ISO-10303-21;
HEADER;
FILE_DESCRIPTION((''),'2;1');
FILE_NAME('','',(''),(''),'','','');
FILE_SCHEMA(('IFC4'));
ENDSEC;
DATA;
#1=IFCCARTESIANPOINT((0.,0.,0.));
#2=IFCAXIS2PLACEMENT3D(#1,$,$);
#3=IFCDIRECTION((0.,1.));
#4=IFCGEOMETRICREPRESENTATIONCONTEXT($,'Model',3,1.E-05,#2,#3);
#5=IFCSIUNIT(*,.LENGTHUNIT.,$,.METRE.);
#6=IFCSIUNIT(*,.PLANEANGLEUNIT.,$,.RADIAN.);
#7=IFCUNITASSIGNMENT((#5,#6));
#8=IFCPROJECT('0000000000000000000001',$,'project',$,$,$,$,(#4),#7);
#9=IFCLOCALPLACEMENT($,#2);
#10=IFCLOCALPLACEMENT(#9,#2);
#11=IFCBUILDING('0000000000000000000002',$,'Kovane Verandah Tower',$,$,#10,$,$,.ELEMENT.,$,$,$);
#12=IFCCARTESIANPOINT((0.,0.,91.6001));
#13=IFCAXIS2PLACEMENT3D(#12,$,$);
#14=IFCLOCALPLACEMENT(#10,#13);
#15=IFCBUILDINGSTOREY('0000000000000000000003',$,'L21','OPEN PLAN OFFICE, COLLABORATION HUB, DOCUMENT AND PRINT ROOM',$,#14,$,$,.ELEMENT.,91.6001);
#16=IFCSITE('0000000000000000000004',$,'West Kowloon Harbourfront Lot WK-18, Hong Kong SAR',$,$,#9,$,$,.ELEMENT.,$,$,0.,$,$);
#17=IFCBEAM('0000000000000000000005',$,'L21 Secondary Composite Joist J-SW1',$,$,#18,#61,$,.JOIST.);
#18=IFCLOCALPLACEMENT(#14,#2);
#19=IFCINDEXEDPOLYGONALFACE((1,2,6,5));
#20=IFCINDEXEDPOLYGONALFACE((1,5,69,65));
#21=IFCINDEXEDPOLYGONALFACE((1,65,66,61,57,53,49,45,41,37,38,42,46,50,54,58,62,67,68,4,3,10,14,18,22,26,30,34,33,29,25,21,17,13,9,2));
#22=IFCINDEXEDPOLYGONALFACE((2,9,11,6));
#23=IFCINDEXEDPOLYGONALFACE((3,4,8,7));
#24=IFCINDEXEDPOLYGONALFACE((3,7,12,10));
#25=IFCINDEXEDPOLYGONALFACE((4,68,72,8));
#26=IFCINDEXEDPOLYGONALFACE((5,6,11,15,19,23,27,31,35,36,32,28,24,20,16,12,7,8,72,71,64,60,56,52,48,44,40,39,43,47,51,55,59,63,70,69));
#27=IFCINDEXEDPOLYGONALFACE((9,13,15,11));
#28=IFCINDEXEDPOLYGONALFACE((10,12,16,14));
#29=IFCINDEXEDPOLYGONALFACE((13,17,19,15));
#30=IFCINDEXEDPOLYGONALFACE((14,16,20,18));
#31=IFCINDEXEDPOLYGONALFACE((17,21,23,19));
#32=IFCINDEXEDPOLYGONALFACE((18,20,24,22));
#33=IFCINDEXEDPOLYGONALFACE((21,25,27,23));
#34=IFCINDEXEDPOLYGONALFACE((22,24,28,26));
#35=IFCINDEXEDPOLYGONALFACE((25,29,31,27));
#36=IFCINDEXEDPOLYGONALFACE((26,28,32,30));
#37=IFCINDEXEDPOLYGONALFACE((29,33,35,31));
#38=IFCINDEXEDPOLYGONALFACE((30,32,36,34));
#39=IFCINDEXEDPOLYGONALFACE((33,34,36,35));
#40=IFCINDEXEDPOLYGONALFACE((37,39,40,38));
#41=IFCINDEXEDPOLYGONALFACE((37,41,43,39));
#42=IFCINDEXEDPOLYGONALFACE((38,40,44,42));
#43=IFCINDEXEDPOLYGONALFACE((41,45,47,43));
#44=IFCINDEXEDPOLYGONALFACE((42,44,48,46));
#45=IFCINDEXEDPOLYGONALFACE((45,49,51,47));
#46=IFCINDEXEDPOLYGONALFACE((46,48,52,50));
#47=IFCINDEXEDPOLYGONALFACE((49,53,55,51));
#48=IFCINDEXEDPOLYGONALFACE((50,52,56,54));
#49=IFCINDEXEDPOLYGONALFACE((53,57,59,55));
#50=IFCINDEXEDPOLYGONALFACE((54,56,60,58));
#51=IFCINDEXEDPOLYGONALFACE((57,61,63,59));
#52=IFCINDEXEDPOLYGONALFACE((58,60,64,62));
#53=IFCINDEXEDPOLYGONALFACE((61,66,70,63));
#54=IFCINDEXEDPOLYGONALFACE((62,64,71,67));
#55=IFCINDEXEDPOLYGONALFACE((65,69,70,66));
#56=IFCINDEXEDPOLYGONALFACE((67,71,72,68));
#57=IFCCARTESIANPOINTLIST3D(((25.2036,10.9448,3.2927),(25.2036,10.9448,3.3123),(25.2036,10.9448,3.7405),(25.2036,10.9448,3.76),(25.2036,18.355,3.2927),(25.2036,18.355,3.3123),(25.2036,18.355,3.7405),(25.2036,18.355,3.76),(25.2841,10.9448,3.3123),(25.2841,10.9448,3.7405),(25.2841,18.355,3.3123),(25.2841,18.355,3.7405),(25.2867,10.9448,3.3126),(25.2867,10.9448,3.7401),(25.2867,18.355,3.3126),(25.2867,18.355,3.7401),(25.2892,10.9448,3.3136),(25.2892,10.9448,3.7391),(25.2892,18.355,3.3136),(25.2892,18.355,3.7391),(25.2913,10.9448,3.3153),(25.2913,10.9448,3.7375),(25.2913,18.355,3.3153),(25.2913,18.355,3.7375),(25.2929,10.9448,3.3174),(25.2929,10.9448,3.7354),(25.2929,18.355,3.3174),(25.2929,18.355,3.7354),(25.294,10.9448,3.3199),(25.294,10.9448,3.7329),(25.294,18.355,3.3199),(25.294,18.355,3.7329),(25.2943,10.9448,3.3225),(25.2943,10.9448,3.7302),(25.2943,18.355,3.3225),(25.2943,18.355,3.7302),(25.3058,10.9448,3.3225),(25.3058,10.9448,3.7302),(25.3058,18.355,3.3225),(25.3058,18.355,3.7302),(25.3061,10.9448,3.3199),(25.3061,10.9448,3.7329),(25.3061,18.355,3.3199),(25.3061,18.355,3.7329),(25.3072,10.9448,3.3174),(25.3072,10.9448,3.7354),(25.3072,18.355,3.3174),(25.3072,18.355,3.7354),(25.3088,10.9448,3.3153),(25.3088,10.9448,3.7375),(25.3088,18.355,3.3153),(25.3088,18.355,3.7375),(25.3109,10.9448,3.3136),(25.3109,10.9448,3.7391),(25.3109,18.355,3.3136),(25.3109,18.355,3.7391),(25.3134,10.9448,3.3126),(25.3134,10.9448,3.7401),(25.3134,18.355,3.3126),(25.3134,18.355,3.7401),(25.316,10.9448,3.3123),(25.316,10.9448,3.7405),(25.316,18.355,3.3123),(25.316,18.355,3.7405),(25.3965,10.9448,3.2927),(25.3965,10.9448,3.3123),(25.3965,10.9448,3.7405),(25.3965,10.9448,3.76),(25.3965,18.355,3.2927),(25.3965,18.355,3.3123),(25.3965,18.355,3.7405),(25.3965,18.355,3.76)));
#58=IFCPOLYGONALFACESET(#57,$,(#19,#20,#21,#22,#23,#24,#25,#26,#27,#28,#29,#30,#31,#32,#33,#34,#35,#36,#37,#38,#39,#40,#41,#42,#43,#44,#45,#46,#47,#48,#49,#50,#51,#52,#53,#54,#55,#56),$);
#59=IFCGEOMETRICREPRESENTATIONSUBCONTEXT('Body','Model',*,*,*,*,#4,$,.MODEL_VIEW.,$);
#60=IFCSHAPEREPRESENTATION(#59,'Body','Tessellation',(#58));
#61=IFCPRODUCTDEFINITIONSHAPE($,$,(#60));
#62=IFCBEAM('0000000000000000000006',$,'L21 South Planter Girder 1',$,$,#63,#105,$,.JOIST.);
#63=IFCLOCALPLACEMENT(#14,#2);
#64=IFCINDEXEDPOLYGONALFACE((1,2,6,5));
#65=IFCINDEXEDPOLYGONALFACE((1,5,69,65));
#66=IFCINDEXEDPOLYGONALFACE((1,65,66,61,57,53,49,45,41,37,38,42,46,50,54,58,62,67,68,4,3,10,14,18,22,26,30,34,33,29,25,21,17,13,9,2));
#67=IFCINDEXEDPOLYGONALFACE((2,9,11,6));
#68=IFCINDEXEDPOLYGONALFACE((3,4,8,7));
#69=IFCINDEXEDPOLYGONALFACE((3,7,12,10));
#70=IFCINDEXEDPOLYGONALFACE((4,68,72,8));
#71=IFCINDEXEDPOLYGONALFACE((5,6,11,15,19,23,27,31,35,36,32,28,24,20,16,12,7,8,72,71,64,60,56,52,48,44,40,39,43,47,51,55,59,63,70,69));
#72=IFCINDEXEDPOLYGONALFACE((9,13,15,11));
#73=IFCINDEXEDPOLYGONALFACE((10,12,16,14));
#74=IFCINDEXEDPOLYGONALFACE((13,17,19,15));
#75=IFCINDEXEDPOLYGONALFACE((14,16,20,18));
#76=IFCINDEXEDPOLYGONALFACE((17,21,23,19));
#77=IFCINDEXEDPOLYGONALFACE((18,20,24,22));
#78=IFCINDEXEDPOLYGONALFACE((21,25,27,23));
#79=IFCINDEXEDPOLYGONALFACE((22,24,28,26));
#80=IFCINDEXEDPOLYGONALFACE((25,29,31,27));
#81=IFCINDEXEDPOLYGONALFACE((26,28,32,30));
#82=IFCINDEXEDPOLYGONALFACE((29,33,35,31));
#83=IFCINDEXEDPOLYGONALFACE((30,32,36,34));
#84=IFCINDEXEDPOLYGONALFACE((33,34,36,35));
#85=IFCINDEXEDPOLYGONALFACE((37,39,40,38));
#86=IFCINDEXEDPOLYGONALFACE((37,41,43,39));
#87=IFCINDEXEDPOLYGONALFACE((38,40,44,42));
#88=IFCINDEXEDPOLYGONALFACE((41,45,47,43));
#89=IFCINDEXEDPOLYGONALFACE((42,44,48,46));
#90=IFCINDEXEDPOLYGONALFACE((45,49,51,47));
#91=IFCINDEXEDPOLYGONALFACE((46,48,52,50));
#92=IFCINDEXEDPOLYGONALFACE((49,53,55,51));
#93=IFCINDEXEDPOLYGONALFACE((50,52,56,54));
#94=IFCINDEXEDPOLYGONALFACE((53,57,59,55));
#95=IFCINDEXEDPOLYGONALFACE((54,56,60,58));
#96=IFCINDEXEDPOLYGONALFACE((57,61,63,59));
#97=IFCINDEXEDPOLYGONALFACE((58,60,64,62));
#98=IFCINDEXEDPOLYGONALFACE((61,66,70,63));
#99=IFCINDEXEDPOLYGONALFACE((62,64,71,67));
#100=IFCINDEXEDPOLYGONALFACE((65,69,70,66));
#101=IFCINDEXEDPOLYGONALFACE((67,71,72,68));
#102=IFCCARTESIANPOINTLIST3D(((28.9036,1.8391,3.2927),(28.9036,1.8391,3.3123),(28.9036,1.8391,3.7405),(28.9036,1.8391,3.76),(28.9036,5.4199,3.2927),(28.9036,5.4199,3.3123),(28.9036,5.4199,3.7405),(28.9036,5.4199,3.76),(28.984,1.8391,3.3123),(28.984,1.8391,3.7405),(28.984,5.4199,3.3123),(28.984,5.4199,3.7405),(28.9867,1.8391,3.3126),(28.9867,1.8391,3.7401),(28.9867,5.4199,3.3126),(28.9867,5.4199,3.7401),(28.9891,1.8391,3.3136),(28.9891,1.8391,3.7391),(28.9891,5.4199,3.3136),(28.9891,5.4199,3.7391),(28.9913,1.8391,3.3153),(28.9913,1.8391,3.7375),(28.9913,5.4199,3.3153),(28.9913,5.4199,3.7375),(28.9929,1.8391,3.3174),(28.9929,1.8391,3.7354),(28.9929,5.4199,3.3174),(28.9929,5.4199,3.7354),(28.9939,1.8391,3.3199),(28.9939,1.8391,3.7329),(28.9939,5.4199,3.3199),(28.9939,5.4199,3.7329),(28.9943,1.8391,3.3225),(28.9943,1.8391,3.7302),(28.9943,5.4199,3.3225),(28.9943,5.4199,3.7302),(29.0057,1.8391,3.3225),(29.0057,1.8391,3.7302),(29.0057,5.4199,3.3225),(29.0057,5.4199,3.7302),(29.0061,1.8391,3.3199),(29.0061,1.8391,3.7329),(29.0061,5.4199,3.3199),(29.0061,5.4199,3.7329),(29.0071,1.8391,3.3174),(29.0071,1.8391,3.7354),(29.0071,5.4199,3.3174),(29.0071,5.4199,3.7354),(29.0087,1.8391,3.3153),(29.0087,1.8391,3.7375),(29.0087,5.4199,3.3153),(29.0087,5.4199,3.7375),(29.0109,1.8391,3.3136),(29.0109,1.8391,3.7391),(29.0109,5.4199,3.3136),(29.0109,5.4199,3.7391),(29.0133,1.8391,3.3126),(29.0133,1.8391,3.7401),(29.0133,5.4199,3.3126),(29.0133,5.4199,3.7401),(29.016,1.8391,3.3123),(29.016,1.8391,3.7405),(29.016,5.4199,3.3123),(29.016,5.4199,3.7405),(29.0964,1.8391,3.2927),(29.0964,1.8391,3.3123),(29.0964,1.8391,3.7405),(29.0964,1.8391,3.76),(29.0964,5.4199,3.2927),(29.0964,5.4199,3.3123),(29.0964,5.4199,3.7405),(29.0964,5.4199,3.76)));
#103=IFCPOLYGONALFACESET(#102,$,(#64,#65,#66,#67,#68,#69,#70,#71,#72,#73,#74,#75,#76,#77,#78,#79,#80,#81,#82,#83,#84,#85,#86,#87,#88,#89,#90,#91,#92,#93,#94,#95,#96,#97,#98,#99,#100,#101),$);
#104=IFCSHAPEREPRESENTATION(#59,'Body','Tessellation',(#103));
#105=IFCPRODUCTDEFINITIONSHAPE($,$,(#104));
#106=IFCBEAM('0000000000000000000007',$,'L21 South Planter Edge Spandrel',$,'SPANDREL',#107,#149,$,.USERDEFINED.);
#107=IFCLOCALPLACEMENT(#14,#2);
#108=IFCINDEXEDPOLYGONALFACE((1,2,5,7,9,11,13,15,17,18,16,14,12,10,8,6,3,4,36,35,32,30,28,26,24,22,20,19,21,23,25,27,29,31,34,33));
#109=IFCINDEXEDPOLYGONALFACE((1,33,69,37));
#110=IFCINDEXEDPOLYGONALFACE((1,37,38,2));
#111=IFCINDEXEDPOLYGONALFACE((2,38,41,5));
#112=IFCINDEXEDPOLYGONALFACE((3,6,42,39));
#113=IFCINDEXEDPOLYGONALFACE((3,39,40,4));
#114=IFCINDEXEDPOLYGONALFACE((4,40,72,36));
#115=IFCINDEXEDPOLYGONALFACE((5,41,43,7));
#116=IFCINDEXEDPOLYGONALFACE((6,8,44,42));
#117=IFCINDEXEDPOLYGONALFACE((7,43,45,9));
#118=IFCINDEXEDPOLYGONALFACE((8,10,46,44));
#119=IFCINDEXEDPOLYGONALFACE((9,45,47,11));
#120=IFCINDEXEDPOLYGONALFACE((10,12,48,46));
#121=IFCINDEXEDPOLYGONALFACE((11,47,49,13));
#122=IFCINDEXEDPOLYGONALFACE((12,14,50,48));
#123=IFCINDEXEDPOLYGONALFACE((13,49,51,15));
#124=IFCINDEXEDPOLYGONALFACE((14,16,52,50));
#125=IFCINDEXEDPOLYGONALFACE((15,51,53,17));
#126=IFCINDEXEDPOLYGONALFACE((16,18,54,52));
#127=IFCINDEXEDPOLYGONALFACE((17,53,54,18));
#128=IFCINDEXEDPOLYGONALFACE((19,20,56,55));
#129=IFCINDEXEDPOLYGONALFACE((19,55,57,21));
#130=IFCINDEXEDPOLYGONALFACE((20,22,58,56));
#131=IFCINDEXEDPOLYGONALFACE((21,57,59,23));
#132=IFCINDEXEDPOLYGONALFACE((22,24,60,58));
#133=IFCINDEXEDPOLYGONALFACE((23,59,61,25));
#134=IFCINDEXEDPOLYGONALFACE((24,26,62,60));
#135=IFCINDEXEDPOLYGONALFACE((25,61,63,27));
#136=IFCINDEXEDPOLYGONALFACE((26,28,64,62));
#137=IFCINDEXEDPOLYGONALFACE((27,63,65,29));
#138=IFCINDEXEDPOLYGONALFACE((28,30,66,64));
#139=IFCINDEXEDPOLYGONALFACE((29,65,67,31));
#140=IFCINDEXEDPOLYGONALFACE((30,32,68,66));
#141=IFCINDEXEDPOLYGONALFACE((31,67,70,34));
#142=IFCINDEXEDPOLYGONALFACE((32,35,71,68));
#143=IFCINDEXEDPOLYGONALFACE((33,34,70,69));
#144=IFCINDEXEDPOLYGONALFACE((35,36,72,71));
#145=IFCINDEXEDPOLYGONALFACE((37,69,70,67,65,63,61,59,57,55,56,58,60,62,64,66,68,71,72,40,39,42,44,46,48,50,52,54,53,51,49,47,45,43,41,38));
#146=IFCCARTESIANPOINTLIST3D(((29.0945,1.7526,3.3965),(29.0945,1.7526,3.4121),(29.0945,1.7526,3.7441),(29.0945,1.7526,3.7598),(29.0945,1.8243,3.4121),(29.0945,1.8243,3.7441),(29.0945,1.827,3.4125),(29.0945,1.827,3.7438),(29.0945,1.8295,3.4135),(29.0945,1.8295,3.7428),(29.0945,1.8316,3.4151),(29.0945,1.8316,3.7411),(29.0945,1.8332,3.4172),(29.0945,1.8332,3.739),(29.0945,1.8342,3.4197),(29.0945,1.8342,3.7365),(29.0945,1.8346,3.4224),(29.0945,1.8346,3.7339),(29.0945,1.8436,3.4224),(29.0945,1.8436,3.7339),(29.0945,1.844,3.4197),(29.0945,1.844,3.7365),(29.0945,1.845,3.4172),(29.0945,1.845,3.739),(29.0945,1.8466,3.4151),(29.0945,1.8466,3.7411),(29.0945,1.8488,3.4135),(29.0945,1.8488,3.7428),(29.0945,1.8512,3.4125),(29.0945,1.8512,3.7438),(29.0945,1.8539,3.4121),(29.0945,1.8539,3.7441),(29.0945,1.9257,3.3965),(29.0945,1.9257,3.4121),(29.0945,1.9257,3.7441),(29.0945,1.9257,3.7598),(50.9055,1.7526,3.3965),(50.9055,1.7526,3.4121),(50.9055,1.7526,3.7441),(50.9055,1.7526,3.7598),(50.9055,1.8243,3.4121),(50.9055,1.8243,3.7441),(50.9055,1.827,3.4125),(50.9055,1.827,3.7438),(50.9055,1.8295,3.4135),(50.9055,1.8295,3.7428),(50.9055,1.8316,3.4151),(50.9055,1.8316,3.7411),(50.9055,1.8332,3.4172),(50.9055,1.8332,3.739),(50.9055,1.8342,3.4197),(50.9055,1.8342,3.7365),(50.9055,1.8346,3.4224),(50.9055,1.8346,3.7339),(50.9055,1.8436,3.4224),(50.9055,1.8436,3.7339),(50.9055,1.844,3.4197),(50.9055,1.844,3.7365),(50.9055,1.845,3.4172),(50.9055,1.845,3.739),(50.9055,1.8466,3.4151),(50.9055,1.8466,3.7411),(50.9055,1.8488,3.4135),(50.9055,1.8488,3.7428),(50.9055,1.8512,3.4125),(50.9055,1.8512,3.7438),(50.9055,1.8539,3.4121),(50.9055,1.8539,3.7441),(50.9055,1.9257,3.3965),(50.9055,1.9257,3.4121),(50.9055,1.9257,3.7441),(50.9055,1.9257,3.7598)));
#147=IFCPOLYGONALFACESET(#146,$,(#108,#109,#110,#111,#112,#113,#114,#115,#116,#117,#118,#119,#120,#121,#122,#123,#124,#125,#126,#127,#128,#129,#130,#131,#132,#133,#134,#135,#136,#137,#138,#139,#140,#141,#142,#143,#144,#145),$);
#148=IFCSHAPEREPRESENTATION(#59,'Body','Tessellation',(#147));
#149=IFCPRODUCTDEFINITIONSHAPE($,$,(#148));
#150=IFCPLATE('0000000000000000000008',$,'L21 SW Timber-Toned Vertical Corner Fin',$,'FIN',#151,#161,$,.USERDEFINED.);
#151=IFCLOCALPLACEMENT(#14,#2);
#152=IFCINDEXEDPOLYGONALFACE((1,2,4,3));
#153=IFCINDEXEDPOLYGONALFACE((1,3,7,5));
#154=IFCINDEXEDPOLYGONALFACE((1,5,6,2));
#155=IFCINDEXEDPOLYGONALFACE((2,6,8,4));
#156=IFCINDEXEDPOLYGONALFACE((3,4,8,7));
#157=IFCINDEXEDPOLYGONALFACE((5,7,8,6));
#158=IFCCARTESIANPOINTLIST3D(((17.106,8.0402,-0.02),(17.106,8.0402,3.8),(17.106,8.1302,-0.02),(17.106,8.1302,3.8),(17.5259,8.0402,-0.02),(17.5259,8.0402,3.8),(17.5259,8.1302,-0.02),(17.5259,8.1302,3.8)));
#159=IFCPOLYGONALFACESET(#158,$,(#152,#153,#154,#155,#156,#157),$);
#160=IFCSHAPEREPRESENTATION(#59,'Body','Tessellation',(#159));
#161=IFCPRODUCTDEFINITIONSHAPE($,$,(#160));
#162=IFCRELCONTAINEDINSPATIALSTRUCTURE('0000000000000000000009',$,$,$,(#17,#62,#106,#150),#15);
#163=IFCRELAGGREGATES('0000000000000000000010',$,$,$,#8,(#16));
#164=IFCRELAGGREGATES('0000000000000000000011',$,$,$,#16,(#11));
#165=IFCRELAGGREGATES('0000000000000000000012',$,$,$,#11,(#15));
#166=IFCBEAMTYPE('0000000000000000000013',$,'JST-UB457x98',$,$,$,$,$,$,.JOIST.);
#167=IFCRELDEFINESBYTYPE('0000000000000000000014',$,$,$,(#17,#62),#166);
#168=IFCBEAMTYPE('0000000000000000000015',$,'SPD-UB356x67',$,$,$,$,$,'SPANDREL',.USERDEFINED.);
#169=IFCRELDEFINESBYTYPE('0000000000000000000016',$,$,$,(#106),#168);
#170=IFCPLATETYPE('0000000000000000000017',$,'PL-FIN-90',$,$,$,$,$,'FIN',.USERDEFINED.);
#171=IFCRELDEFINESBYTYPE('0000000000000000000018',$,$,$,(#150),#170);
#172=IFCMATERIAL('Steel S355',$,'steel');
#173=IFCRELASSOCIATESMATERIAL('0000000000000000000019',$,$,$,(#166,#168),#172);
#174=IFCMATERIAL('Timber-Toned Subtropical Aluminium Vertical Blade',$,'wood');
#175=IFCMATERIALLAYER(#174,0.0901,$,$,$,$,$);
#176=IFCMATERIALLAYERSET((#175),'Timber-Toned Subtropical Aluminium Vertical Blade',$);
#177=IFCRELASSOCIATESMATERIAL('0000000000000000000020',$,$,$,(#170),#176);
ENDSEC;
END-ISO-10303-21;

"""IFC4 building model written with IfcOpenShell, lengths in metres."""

from ifc_helpers import new_model, si_unit, direction, frame, origin, origin_2d, place, context, subcontext, project, spatial, rectangle, i_section, extrude, material, layer, layer_set, material_profile, profile_set, type_object, element, save


model = new_model("IFC4")

# Units and contexts
model_context = context("Model", 3, precision=1e-05, world=origin(), true_north=direction((0.0, 1.0)))
body_context = subcontext(model_context, "Body", "Model", "MODEL_VIEW")
ifc_project = project(units=[si_unit("LENGTHUNIT", "METRE"), si_unit("PLANEANGLEUNIT", "RADIAN")], contexts=[model_context])

# Site, building, storey
site_placement = place(None, origin())
site = spatial("IfcSite", under=ifc_project, at=site_placement, Name="West Kowloon Harbourfront Lot WK-18, Hong Kong SAR", CompositionType="ELEMENT", RefElevation=0.0)
building_placement = place(site_placement, origin())
building = spatial("IfcBuilding", under=site, at=building_placement, Name="Kovane Verandah Tower", CompositionType="ELEMENT")
storey_placement = place(building_placement, frame((0.0, 0.0, 91.6001)))
storey = spatial("IfcBuildingStorey", under=building, at=storey_placement, Name="L21", Description="OPEN PLAN OFFICE, COLLABORATION HUB, DOCUMENT AND PRINT ROOM", CompositionType="ELEMENT", Elevation=91.6001)

# Shared definitions
ifc_material_1 = material(Name="Steel S355", Category="steel")

# Beams
ifc_material_profile_1 = material_profile(ifc_material_1, i_section(OverallWidth=0.1929, OverallDepth=0.4673, WebThickness=0.0115, FlangeThickness=0.0195, FilletRadius=0.0103, at=origin_2d()), Name="UB457x191x98")
ifc_profile_set_1 = profile_set([ifc_material_profile_1], Name="Steel S355")
beam_type_1 = type_object("IfcBeamType", Name="JST-UB457x98", PredefinedType="JOIST", material=ifc_profile_set_1)
beam_1_placement = place(storey_placement, frame((25.3, 10.9448, 3.5264), z_axis=(0.0, 1.0, 0.0), x_axis=(-1.0, 0.0, 0.0)))
element("IfcBeam", 1, at=beam_1_placement, inside=storey, type_object=beam_type_1, Name="L21 Secondary Composite Joist J-SW1", PredefinedType="JOIST", context=body_context, shape_type="SweptSolid", body=[
    extrude(i_section(OverallWidth=0.1929, OverallDepth=0.4673, WebThickness=0.0115, FlangeThickness=0.0195, FilletRadius=0.0103, at=origin_2d()), origin(), (0.0, 0.0, 1.0), 7.4102),
])
beam_2_placement = place(storey_placement, frame((29.0, 5.4199, 3.5264), z_axis=(0.0, -1.0, 0.0), x_axis=(1.0, 0.0, 0.0)))
element("IfcBeam", 2, at=beam_2_placement, inside=storey, type_object=beam_type_1, Name="L21 South Planter Girder 1", PredefinedType="JOIST", context=body_context, shape_type="SweptSolid", body=[
    extrude(i_section(OverallWidth=0.1929, OverallDepth=0.4673, WebThickness=0.0115, FlangeThickness=0.0195, FilletRadius=0.0103, at=origin_2d()), origin(), (0.0, 0.0, 1.0), 3.5808),
])
ifc_material_profile_2 = material_profile(ifc_material_1, i_section(OverallWidth=0.1731, OverallDepth=0.3633, WebThickness=0.009, FlangeThickness=0.0156, FilletRadius=0.0103, at=origin_2d()), Name="UB356x171x67")
ifc_profile_set_2 = profile_set([ifc_material_profile_2], Name="Steel S355")
beam_type_2 = type_object("IfcBeamType", Name="SPD-UB356x67", ElementType="SPANDREL", PredefinedType="USERDEFINED", material=ifc_profile_set_2)
beam_3_placement = place(storey_placement, frame((29.0945, 1.8391, 3.5781), z_axis=(1.0, 0.0, 0.0), x_axis=(0.0, 1.0, 0.0)))
element("IfcBeam", 3, at=beam_3_placement, inside=storey, type_object=beam_type_2, Name="L21 South Planter Edge Spandrel", ObjectType="SPANDREL", PredefinedType="USERDEFINED", context=body_context, shape_type="SweptSolid", body=[
    extrude(i_section(OverallWidth=0.1731, OverallDepth=0.3633, WebThickness=0.009, FlangeThickness=0.0156, FilletRadius=0.0103, at=origin_2d()), origin(), (0.0, 0.0, 1.0), 21.811),
])

# Plate
ifc_material_2 = material(Name="Timber-Toned Subtropical Aluminium Vertical Blade", Category="wood")
ifc_layer_1 = layer(ifc_material_2, 0.0901)
ifc_layer_set_1 = layer_set([ifc_layer_1], Name="Timber-Toned Subtropical Aluminium Vertical Blade")
plate_type = type_object("IfcPlateType", Name="PL-FIN-90", ElementType="FIN", PredefinedType="USERDEFINED", material=ifc_layer_set_1)
plate_placement = place(storey_placement, frame((17.3159, 8.0852, -0.02), z_axis=(0.0, 0.0, 1.0), x_axis=(1.0, 0.0, 0.0)))
element("IfcPlate", 4, at=plate_placement, inside=storey, type_object=plate_type, Name="L21 SW Timber-Toned Vertical Corner Fin", ObjectType="FIN", PredefinedType="USERDEFINED", context=body_context, shape_type="SweptSolid", body=[
    extrude(rectangle(XDim=0.4199, YDim=0.0901, at=origin_2d()), origin(), (0.0, 0.0, 1.0), 3.8201),
])

save(model, "model.ifc")
